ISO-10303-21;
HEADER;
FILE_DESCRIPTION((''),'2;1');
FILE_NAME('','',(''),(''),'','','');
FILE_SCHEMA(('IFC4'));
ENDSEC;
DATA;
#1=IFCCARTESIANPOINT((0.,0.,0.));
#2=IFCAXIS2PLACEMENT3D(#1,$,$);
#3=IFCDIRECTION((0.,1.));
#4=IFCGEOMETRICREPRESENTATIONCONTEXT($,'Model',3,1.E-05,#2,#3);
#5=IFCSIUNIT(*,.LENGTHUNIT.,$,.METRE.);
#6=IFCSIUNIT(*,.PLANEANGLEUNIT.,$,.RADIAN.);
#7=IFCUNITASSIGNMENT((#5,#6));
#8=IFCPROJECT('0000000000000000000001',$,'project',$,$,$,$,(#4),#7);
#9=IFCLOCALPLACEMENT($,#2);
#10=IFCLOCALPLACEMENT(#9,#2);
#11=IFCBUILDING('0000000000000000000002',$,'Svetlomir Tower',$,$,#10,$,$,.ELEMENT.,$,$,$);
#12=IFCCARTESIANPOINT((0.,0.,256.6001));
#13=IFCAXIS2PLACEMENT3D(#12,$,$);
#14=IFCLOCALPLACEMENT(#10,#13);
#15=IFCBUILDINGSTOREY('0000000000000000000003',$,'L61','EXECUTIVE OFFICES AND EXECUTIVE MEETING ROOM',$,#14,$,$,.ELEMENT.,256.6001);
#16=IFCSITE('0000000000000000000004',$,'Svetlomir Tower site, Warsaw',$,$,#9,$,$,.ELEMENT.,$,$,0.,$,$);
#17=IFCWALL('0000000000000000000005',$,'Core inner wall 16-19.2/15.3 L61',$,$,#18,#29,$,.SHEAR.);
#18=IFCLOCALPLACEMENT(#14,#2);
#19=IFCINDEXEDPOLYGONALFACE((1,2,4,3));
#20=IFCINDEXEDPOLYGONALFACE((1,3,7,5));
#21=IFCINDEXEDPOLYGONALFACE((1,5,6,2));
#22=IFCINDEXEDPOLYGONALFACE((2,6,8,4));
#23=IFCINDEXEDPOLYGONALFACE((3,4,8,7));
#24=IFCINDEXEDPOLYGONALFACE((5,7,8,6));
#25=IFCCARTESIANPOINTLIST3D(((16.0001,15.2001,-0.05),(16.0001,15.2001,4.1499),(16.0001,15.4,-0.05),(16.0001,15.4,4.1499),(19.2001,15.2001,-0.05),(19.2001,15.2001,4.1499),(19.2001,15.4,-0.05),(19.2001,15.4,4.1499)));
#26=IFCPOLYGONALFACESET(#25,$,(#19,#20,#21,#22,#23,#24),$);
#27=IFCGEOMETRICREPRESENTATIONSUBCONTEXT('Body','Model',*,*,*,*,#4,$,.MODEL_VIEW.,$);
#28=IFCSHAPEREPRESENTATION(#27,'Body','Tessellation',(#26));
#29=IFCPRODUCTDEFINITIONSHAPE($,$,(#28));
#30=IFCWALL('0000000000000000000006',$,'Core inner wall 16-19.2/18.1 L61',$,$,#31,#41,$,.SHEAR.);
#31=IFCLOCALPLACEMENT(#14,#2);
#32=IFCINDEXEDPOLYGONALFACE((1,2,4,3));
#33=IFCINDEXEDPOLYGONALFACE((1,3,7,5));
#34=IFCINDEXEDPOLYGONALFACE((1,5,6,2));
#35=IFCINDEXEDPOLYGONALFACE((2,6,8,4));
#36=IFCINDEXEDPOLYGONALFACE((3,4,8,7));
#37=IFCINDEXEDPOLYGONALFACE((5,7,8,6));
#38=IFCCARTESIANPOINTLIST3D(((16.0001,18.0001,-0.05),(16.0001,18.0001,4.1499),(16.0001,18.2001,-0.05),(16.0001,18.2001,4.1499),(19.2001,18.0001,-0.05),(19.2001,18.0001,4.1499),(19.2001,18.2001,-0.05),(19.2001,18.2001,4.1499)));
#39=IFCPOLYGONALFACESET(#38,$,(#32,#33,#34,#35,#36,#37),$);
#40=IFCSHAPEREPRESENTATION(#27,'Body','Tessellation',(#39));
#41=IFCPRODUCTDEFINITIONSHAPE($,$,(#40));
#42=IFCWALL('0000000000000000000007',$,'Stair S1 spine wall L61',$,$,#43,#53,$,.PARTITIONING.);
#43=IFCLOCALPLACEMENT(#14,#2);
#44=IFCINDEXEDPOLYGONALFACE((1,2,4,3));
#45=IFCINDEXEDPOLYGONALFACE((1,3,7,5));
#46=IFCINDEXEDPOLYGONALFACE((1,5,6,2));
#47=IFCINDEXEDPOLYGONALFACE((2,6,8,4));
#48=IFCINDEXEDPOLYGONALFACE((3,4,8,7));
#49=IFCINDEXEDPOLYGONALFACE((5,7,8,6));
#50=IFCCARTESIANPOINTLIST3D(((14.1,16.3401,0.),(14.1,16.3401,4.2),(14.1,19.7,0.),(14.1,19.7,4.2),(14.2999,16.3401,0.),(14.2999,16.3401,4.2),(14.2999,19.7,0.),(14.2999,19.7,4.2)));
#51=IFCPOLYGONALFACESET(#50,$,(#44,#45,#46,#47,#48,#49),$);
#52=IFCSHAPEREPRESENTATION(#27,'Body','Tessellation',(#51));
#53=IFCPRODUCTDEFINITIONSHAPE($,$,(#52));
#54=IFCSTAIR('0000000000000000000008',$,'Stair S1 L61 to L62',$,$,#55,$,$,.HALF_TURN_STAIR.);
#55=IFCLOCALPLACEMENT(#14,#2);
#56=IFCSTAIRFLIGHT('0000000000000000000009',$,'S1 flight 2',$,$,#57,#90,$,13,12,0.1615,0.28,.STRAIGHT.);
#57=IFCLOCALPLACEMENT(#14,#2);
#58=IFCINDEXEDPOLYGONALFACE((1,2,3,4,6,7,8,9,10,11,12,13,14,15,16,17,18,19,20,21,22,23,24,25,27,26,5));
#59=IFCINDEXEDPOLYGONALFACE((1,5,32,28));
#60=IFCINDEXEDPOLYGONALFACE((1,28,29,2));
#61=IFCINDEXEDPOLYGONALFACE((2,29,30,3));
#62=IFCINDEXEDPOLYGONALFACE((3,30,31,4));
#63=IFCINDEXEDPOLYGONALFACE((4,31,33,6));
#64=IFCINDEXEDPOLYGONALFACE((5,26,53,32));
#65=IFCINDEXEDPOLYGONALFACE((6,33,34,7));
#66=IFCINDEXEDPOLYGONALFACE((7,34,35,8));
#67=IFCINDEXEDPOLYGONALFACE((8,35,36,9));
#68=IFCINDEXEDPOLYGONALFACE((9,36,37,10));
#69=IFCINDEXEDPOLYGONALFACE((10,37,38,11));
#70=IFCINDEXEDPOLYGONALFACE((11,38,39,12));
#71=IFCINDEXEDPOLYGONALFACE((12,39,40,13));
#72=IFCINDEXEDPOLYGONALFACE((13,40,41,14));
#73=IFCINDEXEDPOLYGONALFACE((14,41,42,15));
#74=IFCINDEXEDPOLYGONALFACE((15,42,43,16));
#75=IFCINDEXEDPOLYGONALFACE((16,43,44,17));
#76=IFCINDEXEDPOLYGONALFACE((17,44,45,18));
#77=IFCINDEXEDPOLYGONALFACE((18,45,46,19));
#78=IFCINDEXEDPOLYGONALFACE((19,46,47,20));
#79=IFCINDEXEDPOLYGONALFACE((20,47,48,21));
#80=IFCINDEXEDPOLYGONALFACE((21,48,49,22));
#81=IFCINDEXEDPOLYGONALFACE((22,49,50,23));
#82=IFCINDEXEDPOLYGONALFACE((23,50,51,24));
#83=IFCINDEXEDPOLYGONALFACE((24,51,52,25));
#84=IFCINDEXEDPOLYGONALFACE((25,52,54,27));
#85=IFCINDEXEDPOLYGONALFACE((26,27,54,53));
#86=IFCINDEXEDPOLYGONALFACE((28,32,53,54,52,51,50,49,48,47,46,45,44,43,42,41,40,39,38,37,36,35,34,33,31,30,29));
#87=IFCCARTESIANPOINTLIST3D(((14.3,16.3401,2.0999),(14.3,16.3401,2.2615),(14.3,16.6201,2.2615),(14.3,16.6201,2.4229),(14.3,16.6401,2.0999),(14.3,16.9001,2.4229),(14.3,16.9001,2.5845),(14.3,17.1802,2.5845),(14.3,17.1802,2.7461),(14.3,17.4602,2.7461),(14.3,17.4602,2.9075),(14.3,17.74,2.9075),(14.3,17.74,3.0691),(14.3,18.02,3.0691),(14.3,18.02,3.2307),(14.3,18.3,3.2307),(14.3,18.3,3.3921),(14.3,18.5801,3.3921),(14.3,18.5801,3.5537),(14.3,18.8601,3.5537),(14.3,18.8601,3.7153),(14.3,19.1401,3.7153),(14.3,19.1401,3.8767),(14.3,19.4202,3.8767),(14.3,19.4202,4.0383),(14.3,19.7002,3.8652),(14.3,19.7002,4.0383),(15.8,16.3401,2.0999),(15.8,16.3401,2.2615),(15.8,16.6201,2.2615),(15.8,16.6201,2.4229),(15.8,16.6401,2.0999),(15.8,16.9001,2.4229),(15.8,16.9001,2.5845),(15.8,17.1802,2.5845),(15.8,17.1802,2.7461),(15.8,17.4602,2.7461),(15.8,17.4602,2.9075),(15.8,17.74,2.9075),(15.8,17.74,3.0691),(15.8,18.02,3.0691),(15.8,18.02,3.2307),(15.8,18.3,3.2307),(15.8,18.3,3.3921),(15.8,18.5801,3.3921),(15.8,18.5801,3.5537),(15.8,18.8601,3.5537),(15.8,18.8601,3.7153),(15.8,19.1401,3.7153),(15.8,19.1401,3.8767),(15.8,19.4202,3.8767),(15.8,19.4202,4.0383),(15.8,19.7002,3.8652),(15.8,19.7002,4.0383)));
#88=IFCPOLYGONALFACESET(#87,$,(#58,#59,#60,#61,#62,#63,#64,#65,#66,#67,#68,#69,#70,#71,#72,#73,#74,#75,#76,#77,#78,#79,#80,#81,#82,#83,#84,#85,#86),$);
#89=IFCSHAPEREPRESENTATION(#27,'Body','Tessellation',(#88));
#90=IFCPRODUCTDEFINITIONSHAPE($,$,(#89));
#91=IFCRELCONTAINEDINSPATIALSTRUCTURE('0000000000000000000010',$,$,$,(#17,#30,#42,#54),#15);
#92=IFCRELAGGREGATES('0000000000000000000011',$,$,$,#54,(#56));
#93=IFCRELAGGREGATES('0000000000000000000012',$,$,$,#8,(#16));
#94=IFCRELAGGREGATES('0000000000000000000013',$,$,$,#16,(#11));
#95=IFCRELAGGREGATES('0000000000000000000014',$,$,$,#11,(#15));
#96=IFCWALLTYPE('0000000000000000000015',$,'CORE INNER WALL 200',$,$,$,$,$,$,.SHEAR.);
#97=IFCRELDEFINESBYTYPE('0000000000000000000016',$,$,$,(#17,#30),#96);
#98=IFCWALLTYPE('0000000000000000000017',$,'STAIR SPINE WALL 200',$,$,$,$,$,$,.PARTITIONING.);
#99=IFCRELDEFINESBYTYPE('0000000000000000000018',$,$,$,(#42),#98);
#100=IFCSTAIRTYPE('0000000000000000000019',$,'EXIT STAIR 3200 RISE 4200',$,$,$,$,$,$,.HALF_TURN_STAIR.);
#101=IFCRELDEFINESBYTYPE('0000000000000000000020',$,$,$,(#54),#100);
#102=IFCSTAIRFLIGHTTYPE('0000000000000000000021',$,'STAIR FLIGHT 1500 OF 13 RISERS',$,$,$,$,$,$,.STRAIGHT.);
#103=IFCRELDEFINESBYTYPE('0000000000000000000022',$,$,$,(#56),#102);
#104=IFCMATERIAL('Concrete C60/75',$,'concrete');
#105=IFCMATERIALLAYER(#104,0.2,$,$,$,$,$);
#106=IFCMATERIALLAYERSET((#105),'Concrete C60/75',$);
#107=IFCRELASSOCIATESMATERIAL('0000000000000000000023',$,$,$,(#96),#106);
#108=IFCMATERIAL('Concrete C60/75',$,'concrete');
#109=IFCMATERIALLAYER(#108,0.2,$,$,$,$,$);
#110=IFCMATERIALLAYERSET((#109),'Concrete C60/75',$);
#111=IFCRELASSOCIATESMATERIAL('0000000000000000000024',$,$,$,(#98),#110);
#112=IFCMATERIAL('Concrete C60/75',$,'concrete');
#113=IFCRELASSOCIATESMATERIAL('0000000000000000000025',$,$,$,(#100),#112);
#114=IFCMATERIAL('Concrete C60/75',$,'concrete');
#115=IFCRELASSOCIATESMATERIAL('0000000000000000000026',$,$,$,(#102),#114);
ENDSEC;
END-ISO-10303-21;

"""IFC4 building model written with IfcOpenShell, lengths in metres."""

from ifc_helpers import new_model, si_unit, direction, frame, frame_2d, origin, place, context, subcontext, project, spatial, polyline, rectangle, outline, extrude, material, layer, layer_set, type_object, element, aggregate, save


model = new_model("IFC4")

# Units and contexts
model_context = context("Model", 3, precision=1e-05, world=origin(), true_north=direction((0.0, 1.0)))
body_context = subcontext(model_context, "Body", "Model", "MODEL_VIEW")
ifc_project = project(units=[si_unit("LENGTHUNIT", "METRE"), si_unit("PLANEANGLEUNIT", "RADIAN")], contexts=[model_context])

# Site, building, storey
site_placement = place(None, origin())
site = spatial("IfcSite", under=ifc_project, at=site_placement, Name="Svetlomir Tower site, Warsaw", CompositionType="ELEMENT", RefElevation=0.0)
building_placement = place(site_placement, origin())
building = spatial("IfcBuilding", under=site, at=building_placement, Name="Svetlomir Tower", CompositionType="ELEMENT")
storey_placement = place(building_placement, frame((0.0, 0.0, 256.6001)))
storey = spatial("IfcBuildingStorey", under=building, at=storey_placement, Name="L61", Description="EXECUTIVE OFFICES AND EXECUTIVE MEETING ROOM", CompositionType="ELEMENT", Elevation=256.6001)

# Shared definitions
ifc_material_1 = material(Name="Concrete C60/75", Category="concrete")
ifc_layer_1 = layer(ifc_material_1, 0.2)
ifc_layer_set_1 = layer_set([ifc_layer_1], Name="Concrete C60/75")
wall_type_1 = type_object("IfcWallType", Name="CORE INNER WALL 200", PredefinedType="SHEAR", material=ifc_layer_set_1)

# Walls
for number, where, z_axis, x_axis, name in (
    (1, (16.0, 15.3, -0.05), (0.0, 0.0, 1.0), (1.0, 0.0, 0.0), "Core inner wall 16-19.2/15.3 L61"),
    (2, (16.0, 18.1001, -0.05), (0.0, 0.0, 1.0), (1.0, 0.0, 0.0), "Core inner wall 16-19.2/18.1 L61"),
):
    element("IfcWall", number, at=place(storey_placement, frame(where, z_axis=z_axis, x_axis=x_axis)), inside=storey, type_object=wall_type_1, Name=name, PredefinedType="SHEAR", context=body_context, shape_type="SweptSolid", body=[
        extrude(rectangle(XDim=3.2, YDim=0.2, at=frame_2d((1.6001, 0.0))), origin(), (0.0, 0.0, 1.0), 4.2),
    ])
ifc_material_2 = material(Name="Concrete C60/75", Category="concrete")
ifc_layer_2 = layer(ifc_material_2, 0.2)
ifc_layer_set_2 = layer_set([ifc_layer_2], Name="Concrete C60/75")
wall_type_2 = type_object("IfcWallType", Name="STAIR SPINE WALL 200", PredefinedType="PARTITIONING", material=ifc_layer_set_2)
wall_1_placement = place(storey_placement, frame((14.2, 16.3401, 0.0), z_axis=(0.0, 0.0, 1.0), x_axis=(0.0, 1.0, 0.0)))
element("IfcWall", 3, at=wall_1_placement, inside=storey, type_object=wall_type_2, Name="Stair S1 spine wall L61", PredefinedType="PARTITIONING", context=body_context, shape_type="SweptSolid", body=[
    extrude(rectangle(XDim=3.3599, YDim=0.2, at=frame_2d((1.6799, 0.0))), origin(), (0.0, 0.0, 1.0), 4.2),
])

# Stair, stair flight
ifc_material_3 = material(Name="Concrete C60/75", Category="concrete")
stair_type = type_object("IfcStairType", Name="EXIT STAIR 3200 RISE 4200", PredefinedType="HALF_TURN_STAIR", material=ifc_material_3)
stair_placement = place(storey_placement, origin())
stair = element("IfcStair", 4, at=stair_placement, inside=storey, type_object=stair_type, Name="Stair S1 L61 to L62", PredefinedType="HALF_TURN_STAIR")
ifc_material_4 = material(Name="Concrete C60/75", Category="concrete")
stair_flight_type = type_object("IfcStairFlightType", Name="STAIR FLIGHT 1500 OF 13 RISERS", PredefinedType="STRAIGHT", material=ifc_material_4)
stair_flight_placement = place(storey_placement, frame((15.05, 16.3401, 2.0999), z_axis=(0.0, 0.0, 1.0), x_axis=(0.0, 1.0, 0.0)))
stair_flight = element("IfcStairFlight", 5, at=stair_flight_placement, type_object=stair_flight_type, Name="S1 flight 2", NumberOfRisers=13, NumberOfTreads=12, PredefinedType="STRAIGHT", RiserHeight=0.1615, TreadLength=0.28, context=body_context, shape_type="SweptSolid", body=[
    extrude(outline(polyline([(0.0, 0.0), (0.0, 0.1616), (0.28, 0.1616), (0.28, 0.323), (0.5601, 0.323), (0.5601, 0.4846), (0.8401, 0.4846), (0.8401, 0.6462), (1.1201, 0.6462), (1.1201, 0.8076), (1.3999, 0.8076), (1.3999, 0.9692), (1.6799, 0.9692), (1.6799, 1.1309), (1.96, 1.1309), (1.96, 1.2922), (2.24, 1.2922), (2.24, 1.4539), (2.52, 1.4539), (2.52, 1.6155), (2.8, 1.6155), (2.8, 1.7769), (3.0801, 1.7769), (3.0801, 1.9385), (3.3601, 1.9385), (3.3601, 2.1001), (3.3601, 1.7654), (0.3, 0.0), (0.0, 0.0)])), frame((0.0, 0.75, 0.0), z_axis=(0.0, -1.0, 0.0), x_axis=(1.0, 0.0, 0.0)), (0.0, 0.0, 1.0), 1.5),
])
aggregate(stair, [stair_flight])

save(model, "model.ifc")
